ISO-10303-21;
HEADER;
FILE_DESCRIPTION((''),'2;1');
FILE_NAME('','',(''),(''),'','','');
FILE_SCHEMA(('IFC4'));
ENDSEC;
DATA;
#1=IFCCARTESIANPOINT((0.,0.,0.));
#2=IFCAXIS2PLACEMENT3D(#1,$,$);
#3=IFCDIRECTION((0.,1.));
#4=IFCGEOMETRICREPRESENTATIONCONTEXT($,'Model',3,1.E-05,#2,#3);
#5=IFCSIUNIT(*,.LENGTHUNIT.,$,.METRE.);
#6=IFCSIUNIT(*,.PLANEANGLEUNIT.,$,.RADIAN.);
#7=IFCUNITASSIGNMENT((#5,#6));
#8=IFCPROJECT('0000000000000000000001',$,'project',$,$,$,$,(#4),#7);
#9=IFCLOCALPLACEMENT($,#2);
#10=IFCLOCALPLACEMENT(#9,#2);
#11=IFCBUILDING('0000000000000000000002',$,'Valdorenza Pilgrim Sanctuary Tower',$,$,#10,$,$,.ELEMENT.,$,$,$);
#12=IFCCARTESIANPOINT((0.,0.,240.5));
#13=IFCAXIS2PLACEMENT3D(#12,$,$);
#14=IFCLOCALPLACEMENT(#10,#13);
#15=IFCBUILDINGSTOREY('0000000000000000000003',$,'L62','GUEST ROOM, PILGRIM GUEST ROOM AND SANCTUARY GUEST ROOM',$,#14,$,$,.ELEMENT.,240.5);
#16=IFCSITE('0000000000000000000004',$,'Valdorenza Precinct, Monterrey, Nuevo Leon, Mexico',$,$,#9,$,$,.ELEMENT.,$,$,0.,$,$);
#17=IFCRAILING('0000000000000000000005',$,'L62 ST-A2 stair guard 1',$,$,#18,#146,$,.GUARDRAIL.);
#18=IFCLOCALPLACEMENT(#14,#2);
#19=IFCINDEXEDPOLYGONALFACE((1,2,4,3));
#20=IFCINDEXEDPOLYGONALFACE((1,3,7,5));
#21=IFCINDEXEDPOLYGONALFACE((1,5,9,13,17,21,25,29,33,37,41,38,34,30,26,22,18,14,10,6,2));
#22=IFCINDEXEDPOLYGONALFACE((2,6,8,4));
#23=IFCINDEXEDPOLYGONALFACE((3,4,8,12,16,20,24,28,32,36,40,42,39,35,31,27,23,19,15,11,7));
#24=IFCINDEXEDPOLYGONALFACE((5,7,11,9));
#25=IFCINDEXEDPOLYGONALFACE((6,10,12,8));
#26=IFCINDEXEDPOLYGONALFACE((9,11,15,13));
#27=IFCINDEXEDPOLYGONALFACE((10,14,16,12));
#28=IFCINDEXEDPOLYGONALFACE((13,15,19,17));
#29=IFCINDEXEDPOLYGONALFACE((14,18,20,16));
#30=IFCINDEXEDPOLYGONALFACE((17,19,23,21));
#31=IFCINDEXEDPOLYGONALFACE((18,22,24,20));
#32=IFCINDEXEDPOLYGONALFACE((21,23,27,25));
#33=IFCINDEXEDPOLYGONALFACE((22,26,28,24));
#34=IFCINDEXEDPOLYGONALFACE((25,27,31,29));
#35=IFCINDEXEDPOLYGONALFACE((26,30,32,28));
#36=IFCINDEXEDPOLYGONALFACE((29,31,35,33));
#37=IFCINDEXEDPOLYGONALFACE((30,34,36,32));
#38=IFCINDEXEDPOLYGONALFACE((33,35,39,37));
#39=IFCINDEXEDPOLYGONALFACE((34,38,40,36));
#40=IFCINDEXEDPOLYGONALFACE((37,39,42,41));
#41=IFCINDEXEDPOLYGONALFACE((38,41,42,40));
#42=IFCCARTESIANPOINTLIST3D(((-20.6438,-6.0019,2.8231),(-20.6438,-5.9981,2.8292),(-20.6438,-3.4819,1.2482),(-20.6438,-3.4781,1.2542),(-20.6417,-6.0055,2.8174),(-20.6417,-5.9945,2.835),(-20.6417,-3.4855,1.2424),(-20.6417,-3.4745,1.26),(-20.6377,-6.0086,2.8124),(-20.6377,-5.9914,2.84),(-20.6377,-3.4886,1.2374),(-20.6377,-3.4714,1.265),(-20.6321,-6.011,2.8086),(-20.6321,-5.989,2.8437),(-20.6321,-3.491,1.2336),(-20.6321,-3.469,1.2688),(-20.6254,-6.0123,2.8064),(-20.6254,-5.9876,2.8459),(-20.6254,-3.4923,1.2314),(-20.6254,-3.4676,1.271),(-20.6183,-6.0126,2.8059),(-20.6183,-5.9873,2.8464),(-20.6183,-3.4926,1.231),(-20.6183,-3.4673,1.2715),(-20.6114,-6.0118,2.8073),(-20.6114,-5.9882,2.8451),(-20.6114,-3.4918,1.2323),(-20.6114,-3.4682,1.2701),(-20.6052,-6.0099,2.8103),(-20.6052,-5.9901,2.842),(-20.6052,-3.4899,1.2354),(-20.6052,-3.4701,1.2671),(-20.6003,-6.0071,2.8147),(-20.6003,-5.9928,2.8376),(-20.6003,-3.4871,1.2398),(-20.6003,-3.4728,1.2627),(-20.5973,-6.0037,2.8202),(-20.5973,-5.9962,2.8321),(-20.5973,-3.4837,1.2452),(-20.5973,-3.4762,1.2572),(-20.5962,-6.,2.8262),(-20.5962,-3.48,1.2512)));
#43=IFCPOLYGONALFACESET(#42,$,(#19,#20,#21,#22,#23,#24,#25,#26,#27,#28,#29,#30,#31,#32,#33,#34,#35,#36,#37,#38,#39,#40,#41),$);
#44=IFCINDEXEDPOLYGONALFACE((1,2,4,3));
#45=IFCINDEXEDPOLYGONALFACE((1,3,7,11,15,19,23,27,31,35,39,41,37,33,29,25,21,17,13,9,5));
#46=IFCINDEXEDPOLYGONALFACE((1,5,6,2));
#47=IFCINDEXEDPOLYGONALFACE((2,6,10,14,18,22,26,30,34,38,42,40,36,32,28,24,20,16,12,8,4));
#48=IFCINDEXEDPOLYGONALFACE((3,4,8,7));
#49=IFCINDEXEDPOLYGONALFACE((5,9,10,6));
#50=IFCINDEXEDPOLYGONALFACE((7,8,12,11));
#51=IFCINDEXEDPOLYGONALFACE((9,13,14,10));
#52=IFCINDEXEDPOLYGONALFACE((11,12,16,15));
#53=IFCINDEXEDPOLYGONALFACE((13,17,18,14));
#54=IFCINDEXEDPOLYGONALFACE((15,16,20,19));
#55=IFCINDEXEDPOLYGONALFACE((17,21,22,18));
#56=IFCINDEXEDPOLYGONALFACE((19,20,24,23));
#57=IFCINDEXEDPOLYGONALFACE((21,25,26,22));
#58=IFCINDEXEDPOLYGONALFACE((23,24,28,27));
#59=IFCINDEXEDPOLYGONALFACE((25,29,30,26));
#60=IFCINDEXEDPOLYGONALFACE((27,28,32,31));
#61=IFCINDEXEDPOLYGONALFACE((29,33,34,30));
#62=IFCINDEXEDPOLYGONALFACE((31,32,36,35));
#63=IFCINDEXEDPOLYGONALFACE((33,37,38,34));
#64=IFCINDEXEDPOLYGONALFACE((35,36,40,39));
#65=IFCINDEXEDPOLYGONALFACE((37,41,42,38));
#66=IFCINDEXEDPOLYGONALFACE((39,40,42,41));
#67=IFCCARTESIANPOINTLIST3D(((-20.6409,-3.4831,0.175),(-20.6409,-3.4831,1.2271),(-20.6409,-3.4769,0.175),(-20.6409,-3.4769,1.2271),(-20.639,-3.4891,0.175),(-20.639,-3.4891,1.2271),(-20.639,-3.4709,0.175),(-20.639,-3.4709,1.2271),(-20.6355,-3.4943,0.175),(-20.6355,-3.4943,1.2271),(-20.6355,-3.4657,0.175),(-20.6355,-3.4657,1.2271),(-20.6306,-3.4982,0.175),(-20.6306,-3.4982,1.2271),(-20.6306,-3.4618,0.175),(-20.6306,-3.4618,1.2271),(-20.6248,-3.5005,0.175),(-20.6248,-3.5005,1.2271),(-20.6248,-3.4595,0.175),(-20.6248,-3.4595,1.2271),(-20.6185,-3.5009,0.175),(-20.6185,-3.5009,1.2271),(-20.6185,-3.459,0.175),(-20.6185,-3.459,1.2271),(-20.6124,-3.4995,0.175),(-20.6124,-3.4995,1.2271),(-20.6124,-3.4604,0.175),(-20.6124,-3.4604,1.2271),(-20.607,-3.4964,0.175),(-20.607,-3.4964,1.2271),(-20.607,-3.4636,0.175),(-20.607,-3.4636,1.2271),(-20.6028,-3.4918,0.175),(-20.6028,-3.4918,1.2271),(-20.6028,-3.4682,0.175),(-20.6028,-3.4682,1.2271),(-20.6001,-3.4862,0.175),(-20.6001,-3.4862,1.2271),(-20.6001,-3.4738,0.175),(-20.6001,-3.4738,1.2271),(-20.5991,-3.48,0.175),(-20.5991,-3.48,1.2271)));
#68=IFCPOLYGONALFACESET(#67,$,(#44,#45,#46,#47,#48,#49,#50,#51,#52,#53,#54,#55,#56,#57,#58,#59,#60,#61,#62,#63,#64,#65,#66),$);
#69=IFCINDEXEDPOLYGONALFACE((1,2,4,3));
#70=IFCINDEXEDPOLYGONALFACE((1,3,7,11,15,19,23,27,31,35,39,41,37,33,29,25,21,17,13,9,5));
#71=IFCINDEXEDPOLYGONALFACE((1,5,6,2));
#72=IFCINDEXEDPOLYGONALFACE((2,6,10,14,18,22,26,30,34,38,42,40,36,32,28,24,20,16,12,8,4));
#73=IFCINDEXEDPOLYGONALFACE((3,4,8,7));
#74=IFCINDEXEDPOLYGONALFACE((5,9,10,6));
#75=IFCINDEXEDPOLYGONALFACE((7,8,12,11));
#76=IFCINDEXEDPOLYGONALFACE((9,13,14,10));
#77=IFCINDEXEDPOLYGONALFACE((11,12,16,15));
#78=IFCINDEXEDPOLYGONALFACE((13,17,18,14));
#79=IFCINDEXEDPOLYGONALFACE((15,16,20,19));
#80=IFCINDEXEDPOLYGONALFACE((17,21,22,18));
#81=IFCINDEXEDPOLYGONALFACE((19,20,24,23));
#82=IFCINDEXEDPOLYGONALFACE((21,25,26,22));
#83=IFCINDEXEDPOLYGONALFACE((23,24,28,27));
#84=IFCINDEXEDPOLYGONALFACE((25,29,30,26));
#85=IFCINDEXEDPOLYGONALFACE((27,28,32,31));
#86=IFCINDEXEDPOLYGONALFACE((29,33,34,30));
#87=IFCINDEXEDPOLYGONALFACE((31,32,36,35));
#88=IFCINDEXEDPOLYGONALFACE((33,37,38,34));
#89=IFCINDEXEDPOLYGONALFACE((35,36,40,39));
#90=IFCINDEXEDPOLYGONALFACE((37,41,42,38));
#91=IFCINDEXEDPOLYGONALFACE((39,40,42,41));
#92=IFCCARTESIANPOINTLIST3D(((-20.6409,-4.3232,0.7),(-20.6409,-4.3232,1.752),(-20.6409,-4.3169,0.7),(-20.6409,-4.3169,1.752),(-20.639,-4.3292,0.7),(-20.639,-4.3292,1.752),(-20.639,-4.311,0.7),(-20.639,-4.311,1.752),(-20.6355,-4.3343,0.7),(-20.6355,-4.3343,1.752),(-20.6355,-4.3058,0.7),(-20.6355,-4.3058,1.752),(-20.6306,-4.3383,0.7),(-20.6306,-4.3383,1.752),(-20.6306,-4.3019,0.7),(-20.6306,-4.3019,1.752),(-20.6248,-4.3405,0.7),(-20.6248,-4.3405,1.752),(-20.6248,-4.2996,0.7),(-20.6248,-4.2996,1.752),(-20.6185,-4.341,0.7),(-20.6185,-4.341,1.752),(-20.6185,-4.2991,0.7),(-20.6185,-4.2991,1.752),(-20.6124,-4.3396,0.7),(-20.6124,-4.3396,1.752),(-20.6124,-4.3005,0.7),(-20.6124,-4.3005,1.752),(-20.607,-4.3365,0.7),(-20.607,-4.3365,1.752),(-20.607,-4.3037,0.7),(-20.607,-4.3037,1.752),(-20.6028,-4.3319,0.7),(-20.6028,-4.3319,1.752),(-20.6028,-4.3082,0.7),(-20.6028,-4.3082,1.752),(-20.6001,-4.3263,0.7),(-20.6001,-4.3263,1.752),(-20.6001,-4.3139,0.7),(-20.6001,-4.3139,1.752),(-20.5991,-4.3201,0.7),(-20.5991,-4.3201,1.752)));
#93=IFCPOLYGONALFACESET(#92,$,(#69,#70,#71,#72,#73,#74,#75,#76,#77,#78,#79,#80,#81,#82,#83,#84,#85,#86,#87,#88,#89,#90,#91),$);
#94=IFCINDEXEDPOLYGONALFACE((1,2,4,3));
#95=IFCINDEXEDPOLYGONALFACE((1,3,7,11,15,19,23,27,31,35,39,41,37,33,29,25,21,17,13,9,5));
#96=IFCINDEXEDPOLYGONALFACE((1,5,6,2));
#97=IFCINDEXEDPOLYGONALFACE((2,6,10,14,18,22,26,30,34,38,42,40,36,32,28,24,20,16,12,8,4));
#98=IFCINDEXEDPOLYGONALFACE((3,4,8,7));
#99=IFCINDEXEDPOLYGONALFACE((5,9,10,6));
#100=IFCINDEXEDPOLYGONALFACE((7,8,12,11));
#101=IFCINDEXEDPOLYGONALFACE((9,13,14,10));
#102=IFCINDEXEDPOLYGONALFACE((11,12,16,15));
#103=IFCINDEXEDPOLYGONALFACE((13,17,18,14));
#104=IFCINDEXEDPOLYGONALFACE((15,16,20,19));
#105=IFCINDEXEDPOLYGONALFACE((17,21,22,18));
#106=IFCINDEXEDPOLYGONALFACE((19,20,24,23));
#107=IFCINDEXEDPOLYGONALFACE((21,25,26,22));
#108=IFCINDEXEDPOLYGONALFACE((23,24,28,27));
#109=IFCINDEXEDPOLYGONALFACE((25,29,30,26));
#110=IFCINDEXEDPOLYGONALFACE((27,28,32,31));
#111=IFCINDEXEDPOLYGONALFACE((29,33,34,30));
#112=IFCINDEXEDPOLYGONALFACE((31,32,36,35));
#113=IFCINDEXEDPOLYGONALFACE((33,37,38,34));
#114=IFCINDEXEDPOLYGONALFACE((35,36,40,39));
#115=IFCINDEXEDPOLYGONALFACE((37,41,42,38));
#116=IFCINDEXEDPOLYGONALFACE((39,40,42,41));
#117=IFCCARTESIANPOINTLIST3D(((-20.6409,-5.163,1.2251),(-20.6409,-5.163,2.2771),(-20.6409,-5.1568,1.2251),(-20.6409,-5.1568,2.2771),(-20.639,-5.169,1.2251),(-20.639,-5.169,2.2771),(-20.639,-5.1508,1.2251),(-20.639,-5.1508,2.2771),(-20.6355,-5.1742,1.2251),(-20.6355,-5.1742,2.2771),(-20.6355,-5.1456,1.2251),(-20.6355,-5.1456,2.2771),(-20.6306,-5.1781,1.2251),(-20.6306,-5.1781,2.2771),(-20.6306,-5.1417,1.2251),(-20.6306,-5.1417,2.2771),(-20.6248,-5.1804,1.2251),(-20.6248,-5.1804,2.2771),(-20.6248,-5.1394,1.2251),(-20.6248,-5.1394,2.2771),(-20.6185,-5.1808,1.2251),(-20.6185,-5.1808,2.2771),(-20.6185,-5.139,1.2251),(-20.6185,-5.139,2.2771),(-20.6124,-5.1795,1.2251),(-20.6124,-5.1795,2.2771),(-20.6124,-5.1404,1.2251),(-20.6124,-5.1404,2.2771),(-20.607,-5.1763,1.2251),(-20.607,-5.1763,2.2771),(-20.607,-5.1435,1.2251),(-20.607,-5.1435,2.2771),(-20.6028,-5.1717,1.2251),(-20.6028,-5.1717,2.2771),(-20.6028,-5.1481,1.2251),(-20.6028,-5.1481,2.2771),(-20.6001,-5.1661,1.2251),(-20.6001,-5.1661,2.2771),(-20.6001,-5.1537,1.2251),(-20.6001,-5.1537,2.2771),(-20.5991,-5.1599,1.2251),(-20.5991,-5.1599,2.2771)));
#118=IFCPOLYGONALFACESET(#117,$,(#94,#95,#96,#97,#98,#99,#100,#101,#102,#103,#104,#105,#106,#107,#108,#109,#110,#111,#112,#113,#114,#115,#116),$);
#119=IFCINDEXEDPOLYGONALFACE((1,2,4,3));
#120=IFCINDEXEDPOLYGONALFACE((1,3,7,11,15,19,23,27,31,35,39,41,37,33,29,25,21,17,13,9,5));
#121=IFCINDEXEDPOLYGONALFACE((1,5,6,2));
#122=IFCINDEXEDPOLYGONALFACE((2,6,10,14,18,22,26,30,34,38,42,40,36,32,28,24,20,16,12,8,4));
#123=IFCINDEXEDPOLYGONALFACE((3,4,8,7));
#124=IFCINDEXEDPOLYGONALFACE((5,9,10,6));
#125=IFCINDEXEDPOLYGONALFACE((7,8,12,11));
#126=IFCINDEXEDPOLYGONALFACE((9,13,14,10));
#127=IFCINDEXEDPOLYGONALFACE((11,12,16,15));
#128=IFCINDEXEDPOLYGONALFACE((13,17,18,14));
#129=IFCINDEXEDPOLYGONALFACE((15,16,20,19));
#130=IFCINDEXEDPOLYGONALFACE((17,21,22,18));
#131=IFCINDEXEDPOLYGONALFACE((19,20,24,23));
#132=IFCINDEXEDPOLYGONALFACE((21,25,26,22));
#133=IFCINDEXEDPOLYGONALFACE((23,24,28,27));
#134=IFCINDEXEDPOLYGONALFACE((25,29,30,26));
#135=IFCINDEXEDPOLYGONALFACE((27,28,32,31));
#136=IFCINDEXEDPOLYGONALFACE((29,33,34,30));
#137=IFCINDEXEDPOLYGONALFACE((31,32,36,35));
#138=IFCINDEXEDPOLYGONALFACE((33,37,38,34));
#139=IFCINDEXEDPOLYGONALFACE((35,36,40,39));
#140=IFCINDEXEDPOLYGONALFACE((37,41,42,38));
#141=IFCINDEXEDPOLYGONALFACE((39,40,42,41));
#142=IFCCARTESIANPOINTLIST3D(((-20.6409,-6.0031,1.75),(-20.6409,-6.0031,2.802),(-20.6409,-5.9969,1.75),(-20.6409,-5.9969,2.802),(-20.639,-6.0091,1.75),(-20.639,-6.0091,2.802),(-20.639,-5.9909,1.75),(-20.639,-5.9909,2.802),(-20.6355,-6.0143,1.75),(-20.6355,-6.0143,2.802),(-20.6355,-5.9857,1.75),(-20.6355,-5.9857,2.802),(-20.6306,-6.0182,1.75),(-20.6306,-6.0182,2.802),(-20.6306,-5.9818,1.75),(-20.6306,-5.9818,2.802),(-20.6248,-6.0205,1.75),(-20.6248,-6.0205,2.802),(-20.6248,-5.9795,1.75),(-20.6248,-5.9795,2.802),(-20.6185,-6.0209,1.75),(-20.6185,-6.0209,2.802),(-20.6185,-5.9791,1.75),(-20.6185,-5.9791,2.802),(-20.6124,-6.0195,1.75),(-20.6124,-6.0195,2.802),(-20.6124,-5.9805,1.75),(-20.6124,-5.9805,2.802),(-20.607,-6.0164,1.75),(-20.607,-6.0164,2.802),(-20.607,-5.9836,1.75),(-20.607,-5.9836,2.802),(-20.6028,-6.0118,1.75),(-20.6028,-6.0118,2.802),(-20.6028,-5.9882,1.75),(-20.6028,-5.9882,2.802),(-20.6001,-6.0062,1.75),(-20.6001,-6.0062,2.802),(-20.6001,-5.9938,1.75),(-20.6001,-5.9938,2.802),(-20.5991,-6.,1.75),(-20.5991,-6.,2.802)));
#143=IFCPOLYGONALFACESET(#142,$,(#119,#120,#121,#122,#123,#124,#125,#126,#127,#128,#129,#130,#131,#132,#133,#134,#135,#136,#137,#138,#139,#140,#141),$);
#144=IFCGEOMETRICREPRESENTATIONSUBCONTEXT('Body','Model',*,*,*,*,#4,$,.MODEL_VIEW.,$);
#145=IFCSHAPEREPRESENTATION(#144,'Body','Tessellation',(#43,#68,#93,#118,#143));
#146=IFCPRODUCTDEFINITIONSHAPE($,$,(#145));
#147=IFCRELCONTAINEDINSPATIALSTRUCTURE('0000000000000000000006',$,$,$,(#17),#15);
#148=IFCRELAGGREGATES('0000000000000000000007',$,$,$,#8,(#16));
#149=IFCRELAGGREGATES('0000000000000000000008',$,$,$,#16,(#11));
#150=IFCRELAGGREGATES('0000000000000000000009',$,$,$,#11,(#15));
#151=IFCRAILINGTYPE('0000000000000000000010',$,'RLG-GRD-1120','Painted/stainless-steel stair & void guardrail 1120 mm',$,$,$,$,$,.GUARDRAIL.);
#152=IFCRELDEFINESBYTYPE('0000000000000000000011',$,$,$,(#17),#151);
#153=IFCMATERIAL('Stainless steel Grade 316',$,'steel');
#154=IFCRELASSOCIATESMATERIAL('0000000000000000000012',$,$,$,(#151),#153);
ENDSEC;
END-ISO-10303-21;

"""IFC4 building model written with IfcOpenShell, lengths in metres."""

from ifc_helpers import new_model, si_unit, direction, frame, origin, origin_2d, place, context, subcontext, project, spatial, circle, extrude, material, type_object, element, save


model = new_model("IFC4")

# Units and contexts
model_context = context("Model", 3, precision=1e-05, world=origin(), true_north=direction((0.0, 1.0)))
body_context = subcontext(model_context, "Body", "Model", "MODEL_VIEW")
ifc_project = project(units=[si_unit("LENGTHUNIT", "METRE"), si_unit("PLANEANGLEUNIT", "RADIAN")], contexts=[model_context])

# Site, building, storey
site_placement = place(None, origin())
site = spatial("IfcSite", under=ifc_project, at=site_placement, Name="Valdorenza Precinct, Monterrey, Nuevo Leon, Mexico", CompositionType="ELEMENT", RefElevation=0.0)
building_placement = place(site_placement, origin())
building = spatial("IfcBuilding", under=site, at=building_placement, Name="Valdorenza Pilgrim Sanctuary Tower", CompositionType="ELEMENT")
storey_placement = place(building_placement, frame((0.0, 0.0, 240.5)))
storey = spatial("IfcBuildingStorey", under=building, at=storey_placement, Name="L62", Description="GUEST ROOM, PILGRIM GUEST ROOM AND SANCTUARY GUEST ROOM", CompositionType="ELEMENT", Elevation=240.5)

# Railing
ifc_material_1 = material(Name="Stainless steel Grade 316", Category="steel")
railing_type_1 = type_object("IfcRailingType", Name="RLG-GRD-1120", Description="Painted/stainless-steel stair & void guardrail 1120 mm", PredefinedType="GUARDRAIL", material=ifc_material_1)
railing_1_placement = place(storey_placement, frame((-20.6201, -3.48, 0.175)))
element("IfcRailing", 1, at=railing_1_placement, inside=storey, type_object=railing_type_1, Name="L62 ST-A2 stair guard 1", PredefinedType="GUARDRAIL", context=body_context, shape_type="SweptSolid", body=[
    extrude(circle(Radius=0.0239, at=origin_2d()), frame((0.0, 0.0, 1.0762), z_axis=(0.0, -0.848008, 0.529984), x_axis=(1.0, 0.0, 0.0)), (0.0, 0.0, 1.0), 2.9717),
    extrude(circle(Radius=0.021, at=origin_2d()), origin(), (0.0, 0.0, 1.0), 1.052),
    extrude(circle(Radius=0.021, at=origin_2d()), frame((0.0, -0.8401, 0.5249)), (0.0, 0.0, 1.0), 1.052),
    extrude(circle(Radius=0.021, at=origin_2d()), frame((0.0, -1.6799, 1.05)), (0.0, 0.0, 1.0), 1.052),
    extrude(circle(Radius=0.021, at=origin_2d()), frame((0.0, -2.52, 1.575)), (0.0, 0.0, 1.0), 1.052),
])

save(model, "model.ifc")
